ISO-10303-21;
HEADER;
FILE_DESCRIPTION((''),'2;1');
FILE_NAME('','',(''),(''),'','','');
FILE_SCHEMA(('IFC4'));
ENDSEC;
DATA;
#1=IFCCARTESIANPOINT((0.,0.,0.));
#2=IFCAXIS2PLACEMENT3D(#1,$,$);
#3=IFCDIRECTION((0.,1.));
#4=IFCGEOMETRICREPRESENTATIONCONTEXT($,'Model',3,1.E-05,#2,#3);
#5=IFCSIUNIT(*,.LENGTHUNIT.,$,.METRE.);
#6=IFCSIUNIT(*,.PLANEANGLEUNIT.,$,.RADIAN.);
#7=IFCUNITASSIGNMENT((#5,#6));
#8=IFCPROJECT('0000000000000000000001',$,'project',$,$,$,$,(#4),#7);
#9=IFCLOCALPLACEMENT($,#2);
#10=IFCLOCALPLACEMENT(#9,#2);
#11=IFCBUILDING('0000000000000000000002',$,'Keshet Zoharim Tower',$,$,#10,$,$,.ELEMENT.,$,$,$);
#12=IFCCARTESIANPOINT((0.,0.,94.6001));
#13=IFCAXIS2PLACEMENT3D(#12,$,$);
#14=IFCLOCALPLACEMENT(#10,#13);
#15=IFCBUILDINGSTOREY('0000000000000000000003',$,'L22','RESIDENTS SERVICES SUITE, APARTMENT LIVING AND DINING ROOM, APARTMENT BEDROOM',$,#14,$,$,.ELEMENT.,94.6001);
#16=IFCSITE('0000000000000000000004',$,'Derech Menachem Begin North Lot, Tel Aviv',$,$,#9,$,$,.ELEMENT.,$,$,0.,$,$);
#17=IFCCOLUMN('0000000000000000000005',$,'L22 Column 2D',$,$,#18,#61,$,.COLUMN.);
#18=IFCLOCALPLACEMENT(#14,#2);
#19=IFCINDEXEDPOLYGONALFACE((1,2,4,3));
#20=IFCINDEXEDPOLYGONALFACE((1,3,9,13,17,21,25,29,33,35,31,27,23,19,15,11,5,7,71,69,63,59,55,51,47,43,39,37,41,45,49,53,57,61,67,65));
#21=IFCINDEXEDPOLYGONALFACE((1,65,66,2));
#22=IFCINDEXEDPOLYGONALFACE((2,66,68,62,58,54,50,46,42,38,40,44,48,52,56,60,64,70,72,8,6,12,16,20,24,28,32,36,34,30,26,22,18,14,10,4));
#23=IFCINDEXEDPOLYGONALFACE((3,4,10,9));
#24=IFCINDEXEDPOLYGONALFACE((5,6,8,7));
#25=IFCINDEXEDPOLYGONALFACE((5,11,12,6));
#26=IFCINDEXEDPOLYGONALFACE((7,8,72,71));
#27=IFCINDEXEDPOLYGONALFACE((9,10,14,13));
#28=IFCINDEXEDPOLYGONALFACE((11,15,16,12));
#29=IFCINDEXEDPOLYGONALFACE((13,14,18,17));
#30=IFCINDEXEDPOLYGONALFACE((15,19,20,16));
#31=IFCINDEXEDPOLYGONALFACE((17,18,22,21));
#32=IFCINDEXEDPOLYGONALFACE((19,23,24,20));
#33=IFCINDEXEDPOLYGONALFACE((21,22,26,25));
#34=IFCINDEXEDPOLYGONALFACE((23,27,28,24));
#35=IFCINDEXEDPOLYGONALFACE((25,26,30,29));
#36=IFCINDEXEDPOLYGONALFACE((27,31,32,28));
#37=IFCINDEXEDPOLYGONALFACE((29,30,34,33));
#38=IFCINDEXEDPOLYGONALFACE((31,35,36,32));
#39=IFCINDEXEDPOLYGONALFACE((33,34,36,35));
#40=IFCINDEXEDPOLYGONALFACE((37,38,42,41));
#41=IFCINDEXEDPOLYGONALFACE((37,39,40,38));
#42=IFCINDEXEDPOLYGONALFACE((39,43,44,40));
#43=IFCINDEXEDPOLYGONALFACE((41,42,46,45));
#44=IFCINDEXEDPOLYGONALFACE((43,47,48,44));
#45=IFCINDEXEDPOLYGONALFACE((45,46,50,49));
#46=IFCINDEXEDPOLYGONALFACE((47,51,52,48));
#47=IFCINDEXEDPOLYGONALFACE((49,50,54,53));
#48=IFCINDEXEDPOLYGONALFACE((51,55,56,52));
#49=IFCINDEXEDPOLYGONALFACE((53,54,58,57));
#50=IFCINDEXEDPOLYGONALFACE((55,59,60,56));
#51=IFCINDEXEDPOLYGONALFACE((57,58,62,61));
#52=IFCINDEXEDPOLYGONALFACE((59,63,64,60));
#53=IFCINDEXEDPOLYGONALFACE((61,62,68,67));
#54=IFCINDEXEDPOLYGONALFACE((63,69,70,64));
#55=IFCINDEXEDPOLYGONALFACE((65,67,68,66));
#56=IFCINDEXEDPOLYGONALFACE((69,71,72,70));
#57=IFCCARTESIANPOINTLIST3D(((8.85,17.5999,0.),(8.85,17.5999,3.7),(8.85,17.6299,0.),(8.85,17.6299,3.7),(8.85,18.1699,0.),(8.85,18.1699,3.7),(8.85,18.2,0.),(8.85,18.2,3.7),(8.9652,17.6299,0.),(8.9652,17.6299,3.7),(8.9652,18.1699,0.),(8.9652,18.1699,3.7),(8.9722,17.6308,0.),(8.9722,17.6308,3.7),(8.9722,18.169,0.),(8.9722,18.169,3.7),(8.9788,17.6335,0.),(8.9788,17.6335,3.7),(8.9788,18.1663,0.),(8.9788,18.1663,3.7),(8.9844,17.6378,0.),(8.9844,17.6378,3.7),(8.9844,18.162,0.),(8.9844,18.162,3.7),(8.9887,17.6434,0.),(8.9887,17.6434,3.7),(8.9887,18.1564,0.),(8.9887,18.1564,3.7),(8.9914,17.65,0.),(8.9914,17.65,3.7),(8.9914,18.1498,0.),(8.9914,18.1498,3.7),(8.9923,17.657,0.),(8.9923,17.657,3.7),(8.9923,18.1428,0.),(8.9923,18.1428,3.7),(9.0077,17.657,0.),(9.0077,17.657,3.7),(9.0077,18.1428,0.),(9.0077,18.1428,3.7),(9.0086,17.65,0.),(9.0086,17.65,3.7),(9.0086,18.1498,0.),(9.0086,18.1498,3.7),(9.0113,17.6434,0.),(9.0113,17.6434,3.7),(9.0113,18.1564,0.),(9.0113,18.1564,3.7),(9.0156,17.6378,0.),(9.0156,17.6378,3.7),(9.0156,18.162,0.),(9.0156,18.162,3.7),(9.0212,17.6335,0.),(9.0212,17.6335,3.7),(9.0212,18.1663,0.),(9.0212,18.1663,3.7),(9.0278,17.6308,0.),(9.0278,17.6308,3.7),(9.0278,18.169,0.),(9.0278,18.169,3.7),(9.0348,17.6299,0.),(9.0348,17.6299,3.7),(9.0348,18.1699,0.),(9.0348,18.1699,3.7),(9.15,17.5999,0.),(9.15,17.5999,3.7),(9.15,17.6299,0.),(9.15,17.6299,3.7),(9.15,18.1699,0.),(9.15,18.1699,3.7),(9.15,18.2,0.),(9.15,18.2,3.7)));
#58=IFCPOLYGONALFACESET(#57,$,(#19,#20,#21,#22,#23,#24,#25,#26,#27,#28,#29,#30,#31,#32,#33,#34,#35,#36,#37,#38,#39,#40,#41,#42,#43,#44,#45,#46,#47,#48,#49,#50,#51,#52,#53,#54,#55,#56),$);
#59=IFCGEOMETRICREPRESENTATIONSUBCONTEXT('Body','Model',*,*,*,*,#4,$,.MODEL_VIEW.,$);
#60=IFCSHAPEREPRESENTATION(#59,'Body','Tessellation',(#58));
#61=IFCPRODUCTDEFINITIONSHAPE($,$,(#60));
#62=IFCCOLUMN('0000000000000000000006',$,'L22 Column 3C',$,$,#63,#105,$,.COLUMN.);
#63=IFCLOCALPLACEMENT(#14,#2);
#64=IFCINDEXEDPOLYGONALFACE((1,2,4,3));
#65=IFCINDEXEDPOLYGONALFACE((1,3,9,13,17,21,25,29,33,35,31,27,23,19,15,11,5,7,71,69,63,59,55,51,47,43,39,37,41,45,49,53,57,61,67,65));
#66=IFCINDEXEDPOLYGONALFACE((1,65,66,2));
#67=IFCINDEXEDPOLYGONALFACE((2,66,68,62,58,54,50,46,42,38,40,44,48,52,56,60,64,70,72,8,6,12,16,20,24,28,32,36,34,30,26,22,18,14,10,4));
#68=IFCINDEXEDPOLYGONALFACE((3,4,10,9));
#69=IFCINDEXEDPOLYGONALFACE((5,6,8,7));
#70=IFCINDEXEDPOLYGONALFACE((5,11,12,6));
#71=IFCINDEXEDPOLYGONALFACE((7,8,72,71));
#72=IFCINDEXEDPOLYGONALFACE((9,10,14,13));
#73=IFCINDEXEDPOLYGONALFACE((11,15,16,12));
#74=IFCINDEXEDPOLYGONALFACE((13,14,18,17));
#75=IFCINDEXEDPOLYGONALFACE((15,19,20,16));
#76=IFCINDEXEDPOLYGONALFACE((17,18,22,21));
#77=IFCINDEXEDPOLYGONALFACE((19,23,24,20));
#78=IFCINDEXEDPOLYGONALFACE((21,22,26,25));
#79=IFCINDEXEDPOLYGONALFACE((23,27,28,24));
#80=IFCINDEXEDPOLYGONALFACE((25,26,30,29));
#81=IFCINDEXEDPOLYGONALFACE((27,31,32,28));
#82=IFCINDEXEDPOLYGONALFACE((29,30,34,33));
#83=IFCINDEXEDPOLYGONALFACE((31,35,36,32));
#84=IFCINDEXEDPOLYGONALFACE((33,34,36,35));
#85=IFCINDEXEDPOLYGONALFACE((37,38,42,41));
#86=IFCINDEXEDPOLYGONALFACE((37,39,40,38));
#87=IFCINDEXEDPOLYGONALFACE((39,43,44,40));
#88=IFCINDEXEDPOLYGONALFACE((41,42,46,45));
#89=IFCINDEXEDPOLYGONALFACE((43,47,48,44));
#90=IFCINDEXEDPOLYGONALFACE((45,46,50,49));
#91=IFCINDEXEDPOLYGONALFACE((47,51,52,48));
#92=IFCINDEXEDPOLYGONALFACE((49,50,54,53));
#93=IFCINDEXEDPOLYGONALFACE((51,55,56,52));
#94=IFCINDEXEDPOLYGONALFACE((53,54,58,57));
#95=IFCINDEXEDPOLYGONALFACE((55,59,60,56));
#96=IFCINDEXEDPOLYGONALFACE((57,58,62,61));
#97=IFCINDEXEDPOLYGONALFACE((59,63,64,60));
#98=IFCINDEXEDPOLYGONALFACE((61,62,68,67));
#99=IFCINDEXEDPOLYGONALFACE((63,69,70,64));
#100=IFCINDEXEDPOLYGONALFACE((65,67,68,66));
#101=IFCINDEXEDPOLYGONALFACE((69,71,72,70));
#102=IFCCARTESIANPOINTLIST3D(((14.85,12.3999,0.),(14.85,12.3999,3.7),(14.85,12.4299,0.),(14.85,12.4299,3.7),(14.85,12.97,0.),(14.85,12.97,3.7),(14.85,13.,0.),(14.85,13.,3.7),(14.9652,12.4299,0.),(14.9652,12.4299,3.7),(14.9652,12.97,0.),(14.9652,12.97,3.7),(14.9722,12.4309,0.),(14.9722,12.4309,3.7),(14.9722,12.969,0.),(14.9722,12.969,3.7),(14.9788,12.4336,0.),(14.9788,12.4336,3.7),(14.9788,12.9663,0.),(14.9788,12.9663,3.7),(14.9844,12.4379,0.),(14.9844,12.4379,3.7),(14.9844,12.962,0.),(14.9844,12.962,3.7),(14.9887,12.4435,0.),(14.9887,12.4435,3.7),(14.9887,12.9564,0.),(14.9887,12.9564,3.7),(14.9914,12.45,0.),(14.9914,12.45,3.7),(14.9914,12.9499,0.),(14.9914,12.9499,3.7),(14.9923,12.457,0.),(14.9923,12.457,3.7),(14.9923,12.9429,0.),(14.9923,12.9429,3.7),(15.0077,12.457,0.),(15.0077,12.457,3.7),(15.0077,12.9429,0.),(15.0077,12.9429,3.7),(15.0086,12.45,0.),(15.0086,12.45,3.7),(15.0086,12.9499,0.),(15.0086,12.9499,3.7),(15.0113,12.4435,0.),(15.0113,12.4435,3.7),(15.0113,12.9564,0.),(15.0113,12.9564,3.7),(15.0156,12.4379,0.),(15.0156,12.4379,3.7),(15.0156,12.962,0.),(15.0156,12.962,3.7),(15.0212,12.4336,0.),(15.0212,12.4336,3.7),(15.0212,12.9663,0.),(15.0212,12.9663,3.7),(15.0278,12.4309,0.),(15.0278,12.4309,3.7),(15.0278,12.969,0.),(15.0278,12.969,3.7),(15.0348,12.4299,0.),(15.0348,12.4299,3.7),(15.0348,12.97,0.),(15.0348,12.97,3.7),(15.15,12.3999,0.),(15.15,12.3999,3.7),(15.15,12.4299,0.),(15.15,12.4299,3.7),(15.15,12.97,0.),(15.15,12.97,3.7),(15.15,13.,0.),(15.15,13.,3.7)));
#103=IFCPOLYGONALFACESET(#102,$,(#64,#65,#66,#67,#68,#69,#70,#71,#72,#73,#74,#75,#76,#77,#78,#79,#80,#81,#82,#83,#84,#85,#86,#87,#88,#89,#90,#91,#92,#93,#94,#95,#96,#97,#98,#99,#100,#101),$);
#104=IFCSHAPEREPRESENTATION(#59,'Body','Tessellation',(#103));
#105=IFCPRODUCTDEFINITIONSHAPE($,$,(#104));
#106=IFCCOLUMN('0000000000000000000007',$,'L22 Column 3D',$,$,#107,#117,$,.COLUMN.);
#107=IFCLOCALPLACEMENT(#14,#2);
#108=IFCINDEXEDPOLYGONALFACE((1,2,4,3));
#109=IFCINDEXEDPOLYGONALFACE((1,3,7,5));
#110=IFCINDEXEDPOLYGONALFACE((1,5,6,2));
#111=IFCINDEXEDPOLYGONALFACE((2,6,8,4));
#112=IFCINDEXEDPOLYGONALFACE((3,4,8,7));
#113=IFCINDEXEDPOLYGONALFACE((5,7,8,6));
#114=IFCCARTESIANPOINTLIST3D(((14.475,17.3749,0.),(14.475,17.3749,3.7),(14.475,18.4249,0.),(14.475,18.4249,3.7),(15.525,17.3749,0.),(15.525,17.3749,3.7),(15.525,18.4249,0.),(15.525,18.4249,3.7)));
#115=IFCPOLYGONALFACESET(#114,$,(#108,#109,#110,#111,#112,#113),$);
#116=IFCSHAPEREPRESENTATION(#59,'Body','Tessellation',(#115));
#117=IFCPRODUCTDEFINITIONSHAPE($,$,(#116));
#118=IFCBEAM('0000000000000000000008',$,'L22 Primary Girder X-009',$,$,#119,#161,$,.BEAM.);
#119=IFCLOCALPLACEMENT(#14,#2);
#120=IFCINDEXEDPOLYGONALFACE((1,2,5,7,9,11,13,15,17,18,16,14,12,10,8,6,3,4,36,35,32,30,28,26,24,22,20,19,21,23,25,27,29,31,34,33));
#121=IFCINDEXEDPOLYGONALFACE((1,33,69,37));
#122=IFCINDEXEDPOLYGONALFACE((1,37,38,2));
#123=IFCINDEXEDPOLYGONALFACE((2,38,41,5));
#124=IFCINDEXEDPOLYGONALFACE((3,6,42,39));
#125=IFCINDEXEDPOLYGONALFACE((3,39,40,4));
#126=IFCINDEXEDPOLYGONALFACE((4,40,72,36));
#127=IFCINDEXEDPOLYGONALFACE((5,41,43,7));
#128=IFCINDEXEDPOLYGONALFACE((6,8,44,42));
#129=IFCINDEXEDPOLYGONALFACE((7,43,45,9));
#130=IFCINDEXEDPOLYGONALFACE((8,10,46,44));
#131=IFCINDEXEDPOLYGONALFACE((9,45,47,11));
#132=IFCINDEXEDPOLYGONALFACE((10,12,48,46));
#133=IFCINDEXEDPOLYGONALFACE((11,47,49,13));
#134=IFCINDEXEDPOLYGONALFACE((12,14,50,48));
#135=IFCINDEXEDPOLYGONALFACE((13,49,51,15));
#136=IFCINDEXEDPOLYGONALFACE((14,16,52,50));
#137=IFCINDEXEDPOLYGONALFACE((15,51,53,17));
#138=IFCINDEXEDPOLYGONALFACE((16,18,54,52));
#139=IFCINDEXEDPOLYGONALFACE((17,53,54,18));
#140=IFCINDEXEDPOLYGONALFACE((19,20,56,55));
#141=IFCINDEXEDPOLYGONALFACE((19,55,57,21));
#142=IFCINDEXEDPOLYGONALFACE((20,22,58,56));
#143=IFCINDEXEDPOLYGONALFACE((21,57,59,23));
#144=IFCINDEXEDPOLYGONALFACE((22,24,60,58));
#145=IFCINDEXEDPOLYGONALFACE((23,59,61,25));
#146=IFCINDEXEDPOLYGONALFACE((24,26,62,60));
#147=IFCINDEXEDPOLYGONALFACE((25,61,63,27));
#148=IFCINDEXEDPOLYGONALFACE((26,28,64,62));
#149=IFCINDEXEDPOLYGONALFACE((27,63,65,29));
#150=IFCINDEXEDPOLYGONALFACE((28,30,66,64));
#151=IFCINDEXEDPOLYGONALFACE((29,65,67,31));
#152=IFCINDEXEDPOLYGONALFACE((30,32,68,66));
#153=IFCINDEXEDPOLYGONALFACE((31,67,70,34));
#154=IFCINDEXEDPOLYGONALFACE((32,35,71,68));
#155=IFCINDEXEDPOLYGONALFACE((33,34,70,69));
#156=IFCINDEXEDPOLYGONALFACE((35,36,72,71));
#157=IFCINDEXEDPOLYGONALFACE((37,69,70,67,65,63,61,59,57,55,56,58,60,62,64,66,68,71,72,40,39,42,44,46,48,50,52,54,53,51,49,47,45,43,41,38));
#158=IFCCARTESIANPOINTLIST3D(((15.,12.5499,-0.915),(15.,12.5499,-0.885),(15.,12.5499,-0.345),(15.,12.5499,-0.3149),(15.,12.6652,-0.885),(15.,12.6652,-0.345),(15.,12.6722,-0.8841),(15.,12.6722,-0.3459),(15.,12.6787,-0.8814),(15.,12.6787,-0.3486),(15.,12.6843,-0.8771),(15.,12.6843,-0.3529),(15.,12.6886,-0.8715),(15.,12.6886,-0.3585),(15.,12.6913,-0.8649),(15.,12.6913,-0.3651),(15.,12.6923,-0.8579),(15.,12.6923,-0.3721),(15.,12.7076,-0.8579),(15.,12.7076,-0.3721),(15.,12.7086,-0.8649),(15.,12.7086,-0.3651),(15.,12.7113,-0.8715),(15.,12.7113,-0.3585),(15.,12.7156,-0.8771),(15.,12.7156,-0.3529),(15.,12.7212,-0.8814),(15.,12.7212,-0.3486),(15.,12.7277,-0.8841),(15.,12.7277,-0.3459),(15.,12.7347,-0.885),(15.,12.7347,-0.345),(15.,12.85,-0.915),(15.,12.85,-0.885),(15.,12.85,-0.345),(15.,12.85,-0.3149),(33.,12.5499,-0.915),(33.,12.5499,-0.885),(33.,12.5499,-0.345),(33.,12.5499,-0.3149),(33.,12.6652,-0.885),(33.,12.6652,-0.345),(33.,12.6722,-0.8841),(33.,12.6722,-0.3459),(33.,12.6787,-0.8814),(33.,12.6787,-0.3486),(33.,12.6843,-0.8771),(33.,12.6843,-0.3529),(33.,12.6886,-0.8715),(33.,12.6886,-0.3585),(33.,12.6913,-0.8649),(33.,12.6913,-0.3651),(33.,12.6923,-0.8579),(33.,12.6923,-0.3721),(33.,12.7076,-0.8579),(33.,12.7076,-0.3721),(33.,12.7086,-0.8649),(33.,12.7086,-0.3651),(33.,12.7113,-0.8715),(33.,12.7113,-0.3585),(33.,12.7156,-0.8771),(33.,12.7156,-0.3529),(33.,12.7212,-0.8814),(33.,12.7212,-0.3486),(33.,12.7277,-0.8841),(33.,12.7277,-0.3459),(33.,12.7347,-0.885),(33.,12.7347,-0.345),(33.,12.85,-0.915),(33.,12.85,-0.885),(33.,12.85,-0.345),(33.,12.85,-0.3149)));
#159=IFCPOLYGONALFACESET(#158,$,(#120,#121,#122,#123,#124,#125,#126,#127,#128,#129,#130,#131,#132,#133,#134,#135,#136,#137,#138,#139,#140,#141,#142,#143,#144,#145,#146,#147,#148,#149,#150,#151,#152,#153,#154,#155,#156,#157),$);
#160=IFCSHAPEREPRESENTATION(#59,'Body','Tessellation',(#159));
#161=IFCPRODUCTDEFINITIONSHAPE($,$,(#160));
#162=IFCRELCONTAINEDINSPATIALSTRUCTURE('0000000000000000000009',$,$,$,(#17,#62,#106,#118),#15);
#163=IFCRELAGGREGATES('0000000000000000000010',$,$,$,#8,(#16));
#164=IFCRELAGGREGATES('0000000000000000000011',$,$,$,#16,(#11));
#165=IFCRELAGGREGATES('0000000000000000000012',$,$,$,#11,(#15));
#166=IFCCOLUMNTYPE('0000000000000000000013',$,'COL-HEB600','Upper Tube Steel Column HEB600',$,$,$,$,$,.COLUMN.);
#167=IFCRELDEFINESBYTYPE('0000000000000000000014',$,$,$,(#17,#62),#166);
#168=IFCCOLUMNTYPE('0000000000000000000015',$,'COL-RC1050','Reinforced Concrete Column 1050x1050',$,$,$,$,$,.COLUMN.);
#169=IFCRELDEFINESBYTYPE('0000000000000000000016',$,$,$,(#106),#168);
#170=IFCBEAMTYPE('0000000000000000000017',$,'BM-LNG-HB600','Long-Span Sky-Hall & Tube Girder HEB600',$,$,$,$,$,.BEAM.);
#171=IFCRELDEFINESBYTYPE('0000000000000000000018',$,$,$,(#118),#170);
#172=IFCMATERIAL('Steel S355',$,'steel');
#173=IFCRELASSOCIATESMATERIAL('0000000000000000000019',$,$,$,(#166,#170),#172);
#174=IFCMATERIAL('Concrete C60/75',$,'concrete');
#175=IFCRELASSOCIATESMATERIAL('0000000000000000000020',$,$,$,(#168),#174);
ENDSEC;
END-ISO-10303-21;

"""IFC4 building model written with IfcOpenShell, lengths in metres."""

from ifc_helpers import new_model, si_unit, direction, frame, origin, origin_2d, place, context, subcontext, project, spatial, rectangle, i_section, extrude, material, material_profile, profile_set, type_object, element, save


model = new_model("IFC4")

# Units and contexts
model_context = context("Model", 3, precision=1e-05, world=origin(), true_north=direction((0.0, 1.0)))
body_context = subcontext(model_context, "Body", "Model", "MODEL_VIEW")
ifc_project = project(units=[si_unit("LENGTHUNIT", "METRE"), si_unit("PLANEANGLEUNIT", "RADIAN")], contexts=[model_context])

# Site, building, storey
site_placement = place(None, origin())
site = spatial("IfcSite", under=ifc_project, at=site_placement, Name="Derech Menachem Begin North Lot, Tel Aviv", CompositionType="ELEMENT", RefElevation=0.0)
building_placement = place(site_placement, origin())
building = spatial("IfcBuilding", under=site, at=building_placement, Name="Keshet Zoharim Tower", CompositionType="ELEMENT")
storey_placement = place(building_placement, frame((0.0, 0.0, 94.6001)))
storey = spatial("IfcBuildingStorey", under=building, at=storey_placement, Name="L22", Description="RESIDENTS SERVICES SUITE, APARTMENT LIVING AND DINING ROOM, APARTMENT BEDROOM", CompositionType="ELEMENT", Elevation=94.6001)

# Columns
ifc_material_1 = material(Name="Steel S355", Category="steel")
ifc_material_profile_1 = material_profile(ifc_material_1, i_section(OverallWidth=0.3, OverallDepth=0.6001, WebThickness=0.0154, FlangeThickness=0.03, FilletRadius=0.0271, at=origin_2d()), Name="HEB600")
ifc_profile_set_1 = profile_set([ifc_material_profile_1], Name="Steel S355")
column_type_1 = type_object("IfcColumnType", Name="COL-HEB600", Description="Upper Tube Steel Column HEB600", PredefinedType="COLUMN", material=ifc_profile_set_1)
for number, where, z_axis, x_axis, name in (
    (1, (9.0, 17.8999, 0.0), (0.0, 0.0, 1.0), (1.0, 0.0, 0.0), "L22 Column 2D"),
    (2, (15.0, 12.7, 0.0), (0.0, 0.0, 1.0), (1.0, 0.0, 0.0), "L22 Column 3C"),
):
    element("IfcColumn", number, at=place(storey_placement, frame(where, z_axis=z_axis, x_axis=x_axis)), inside=storey, type_object=column_type_1, Name=name, PredefinedType="COLUMN", context=body_context, shape_type="SweptSolid", body=[
        extrude(i_section(OverallWidth=0.3, OverallDepth=0.6001, WebThickness=0.0154, FlangeThickness=0.03, FilletRadius=0.0271, at=origin_2d()), origin(), (0.0, 0.0, 1.0), 3.7),
    ])
ifc_material_2 = material(Name="Concrete C60/75", Category="concrete")
ifc_material_profile_2 = material_profile(ifc_material_2, rectangle(XDim=1.05, YDim=1.05, at=origin_2d()), Name="RC1050x1050")
ifc_profile_set_2 = profile_set([ifc_material_profile_2], Name="Concrete C60/75")
column_type_2 = type_object("IfcColumnType", Name="COL-RC1050", Description="Reinforced Concrete Column 1050x1050", PredefinedType="COLUMN", material=ifc_profile_set_2)
column_placement = place(storey_placement, frame((15.0, 17.8999, 0.0), z_axis=(0.0, 0.0, 1.0), x_axis=(1.0, 0.0, 0.0)))
element("IfcColumn", 3, at=column_placement, inside=storey, type_object=column_type_2, Name="L22 Column 3D", PredefinedType="COLUMN", context=body_context, shape_type="SweptSolid", body=[
    extrude(rectangle(XDim=1.05, YDim=1.05, at=origin_2d()), origin(), (0.0, 0.0, 1.0), 3.7),
])

# Beam
ifc_material_profile_3 = material_profile(ifc_material_1, i_section(OverallWidth=0.3, OverallDepth=0.6001, WebThickness=0.0154, FlangeThickness=0.03, FilletRadius=0.0271, at=origin_2d()), Name="HEB600")
ifc_profile_set_3 = profile_set([ifc_material_profile_3], Name="Steel S355")
beam_type_1 = type_object("IfcBeamType", Name="BM-LNG-HB600", Description="Long-Span Sky-Hall & Tube Girder HEB600", PredefinedType="BEAM", material=ifc_profile_set_3)
for number, where, z_axis, x_axis, name in (
    (4, (15.0, 12.7, -0.615), (1.0, 0.0, 0.0), (0.0, 1.0, 0.0), "L22 Primary Girder X-009"),
):
    element("IfcBeam", number, at=place(storey_placement, frame(where, z_axis=z_axis, x_axis=x_axis)), inside=storey, type_object=beam_type_1, Name=name, PredefinedType="BEAM", context=body_context, shape_type="SweptSolid", body=[
        extrude(i_section(OverallWidth=0.3, OverallDepth=0.6001, WebThickness=0.0154, FlangeThickness=0.03, FilletRadius=0.0271, at=origin_2d()), origin(), (0.0, 0.0, 1.0), 18.0),
    ])

save(model, "model.ifc")
